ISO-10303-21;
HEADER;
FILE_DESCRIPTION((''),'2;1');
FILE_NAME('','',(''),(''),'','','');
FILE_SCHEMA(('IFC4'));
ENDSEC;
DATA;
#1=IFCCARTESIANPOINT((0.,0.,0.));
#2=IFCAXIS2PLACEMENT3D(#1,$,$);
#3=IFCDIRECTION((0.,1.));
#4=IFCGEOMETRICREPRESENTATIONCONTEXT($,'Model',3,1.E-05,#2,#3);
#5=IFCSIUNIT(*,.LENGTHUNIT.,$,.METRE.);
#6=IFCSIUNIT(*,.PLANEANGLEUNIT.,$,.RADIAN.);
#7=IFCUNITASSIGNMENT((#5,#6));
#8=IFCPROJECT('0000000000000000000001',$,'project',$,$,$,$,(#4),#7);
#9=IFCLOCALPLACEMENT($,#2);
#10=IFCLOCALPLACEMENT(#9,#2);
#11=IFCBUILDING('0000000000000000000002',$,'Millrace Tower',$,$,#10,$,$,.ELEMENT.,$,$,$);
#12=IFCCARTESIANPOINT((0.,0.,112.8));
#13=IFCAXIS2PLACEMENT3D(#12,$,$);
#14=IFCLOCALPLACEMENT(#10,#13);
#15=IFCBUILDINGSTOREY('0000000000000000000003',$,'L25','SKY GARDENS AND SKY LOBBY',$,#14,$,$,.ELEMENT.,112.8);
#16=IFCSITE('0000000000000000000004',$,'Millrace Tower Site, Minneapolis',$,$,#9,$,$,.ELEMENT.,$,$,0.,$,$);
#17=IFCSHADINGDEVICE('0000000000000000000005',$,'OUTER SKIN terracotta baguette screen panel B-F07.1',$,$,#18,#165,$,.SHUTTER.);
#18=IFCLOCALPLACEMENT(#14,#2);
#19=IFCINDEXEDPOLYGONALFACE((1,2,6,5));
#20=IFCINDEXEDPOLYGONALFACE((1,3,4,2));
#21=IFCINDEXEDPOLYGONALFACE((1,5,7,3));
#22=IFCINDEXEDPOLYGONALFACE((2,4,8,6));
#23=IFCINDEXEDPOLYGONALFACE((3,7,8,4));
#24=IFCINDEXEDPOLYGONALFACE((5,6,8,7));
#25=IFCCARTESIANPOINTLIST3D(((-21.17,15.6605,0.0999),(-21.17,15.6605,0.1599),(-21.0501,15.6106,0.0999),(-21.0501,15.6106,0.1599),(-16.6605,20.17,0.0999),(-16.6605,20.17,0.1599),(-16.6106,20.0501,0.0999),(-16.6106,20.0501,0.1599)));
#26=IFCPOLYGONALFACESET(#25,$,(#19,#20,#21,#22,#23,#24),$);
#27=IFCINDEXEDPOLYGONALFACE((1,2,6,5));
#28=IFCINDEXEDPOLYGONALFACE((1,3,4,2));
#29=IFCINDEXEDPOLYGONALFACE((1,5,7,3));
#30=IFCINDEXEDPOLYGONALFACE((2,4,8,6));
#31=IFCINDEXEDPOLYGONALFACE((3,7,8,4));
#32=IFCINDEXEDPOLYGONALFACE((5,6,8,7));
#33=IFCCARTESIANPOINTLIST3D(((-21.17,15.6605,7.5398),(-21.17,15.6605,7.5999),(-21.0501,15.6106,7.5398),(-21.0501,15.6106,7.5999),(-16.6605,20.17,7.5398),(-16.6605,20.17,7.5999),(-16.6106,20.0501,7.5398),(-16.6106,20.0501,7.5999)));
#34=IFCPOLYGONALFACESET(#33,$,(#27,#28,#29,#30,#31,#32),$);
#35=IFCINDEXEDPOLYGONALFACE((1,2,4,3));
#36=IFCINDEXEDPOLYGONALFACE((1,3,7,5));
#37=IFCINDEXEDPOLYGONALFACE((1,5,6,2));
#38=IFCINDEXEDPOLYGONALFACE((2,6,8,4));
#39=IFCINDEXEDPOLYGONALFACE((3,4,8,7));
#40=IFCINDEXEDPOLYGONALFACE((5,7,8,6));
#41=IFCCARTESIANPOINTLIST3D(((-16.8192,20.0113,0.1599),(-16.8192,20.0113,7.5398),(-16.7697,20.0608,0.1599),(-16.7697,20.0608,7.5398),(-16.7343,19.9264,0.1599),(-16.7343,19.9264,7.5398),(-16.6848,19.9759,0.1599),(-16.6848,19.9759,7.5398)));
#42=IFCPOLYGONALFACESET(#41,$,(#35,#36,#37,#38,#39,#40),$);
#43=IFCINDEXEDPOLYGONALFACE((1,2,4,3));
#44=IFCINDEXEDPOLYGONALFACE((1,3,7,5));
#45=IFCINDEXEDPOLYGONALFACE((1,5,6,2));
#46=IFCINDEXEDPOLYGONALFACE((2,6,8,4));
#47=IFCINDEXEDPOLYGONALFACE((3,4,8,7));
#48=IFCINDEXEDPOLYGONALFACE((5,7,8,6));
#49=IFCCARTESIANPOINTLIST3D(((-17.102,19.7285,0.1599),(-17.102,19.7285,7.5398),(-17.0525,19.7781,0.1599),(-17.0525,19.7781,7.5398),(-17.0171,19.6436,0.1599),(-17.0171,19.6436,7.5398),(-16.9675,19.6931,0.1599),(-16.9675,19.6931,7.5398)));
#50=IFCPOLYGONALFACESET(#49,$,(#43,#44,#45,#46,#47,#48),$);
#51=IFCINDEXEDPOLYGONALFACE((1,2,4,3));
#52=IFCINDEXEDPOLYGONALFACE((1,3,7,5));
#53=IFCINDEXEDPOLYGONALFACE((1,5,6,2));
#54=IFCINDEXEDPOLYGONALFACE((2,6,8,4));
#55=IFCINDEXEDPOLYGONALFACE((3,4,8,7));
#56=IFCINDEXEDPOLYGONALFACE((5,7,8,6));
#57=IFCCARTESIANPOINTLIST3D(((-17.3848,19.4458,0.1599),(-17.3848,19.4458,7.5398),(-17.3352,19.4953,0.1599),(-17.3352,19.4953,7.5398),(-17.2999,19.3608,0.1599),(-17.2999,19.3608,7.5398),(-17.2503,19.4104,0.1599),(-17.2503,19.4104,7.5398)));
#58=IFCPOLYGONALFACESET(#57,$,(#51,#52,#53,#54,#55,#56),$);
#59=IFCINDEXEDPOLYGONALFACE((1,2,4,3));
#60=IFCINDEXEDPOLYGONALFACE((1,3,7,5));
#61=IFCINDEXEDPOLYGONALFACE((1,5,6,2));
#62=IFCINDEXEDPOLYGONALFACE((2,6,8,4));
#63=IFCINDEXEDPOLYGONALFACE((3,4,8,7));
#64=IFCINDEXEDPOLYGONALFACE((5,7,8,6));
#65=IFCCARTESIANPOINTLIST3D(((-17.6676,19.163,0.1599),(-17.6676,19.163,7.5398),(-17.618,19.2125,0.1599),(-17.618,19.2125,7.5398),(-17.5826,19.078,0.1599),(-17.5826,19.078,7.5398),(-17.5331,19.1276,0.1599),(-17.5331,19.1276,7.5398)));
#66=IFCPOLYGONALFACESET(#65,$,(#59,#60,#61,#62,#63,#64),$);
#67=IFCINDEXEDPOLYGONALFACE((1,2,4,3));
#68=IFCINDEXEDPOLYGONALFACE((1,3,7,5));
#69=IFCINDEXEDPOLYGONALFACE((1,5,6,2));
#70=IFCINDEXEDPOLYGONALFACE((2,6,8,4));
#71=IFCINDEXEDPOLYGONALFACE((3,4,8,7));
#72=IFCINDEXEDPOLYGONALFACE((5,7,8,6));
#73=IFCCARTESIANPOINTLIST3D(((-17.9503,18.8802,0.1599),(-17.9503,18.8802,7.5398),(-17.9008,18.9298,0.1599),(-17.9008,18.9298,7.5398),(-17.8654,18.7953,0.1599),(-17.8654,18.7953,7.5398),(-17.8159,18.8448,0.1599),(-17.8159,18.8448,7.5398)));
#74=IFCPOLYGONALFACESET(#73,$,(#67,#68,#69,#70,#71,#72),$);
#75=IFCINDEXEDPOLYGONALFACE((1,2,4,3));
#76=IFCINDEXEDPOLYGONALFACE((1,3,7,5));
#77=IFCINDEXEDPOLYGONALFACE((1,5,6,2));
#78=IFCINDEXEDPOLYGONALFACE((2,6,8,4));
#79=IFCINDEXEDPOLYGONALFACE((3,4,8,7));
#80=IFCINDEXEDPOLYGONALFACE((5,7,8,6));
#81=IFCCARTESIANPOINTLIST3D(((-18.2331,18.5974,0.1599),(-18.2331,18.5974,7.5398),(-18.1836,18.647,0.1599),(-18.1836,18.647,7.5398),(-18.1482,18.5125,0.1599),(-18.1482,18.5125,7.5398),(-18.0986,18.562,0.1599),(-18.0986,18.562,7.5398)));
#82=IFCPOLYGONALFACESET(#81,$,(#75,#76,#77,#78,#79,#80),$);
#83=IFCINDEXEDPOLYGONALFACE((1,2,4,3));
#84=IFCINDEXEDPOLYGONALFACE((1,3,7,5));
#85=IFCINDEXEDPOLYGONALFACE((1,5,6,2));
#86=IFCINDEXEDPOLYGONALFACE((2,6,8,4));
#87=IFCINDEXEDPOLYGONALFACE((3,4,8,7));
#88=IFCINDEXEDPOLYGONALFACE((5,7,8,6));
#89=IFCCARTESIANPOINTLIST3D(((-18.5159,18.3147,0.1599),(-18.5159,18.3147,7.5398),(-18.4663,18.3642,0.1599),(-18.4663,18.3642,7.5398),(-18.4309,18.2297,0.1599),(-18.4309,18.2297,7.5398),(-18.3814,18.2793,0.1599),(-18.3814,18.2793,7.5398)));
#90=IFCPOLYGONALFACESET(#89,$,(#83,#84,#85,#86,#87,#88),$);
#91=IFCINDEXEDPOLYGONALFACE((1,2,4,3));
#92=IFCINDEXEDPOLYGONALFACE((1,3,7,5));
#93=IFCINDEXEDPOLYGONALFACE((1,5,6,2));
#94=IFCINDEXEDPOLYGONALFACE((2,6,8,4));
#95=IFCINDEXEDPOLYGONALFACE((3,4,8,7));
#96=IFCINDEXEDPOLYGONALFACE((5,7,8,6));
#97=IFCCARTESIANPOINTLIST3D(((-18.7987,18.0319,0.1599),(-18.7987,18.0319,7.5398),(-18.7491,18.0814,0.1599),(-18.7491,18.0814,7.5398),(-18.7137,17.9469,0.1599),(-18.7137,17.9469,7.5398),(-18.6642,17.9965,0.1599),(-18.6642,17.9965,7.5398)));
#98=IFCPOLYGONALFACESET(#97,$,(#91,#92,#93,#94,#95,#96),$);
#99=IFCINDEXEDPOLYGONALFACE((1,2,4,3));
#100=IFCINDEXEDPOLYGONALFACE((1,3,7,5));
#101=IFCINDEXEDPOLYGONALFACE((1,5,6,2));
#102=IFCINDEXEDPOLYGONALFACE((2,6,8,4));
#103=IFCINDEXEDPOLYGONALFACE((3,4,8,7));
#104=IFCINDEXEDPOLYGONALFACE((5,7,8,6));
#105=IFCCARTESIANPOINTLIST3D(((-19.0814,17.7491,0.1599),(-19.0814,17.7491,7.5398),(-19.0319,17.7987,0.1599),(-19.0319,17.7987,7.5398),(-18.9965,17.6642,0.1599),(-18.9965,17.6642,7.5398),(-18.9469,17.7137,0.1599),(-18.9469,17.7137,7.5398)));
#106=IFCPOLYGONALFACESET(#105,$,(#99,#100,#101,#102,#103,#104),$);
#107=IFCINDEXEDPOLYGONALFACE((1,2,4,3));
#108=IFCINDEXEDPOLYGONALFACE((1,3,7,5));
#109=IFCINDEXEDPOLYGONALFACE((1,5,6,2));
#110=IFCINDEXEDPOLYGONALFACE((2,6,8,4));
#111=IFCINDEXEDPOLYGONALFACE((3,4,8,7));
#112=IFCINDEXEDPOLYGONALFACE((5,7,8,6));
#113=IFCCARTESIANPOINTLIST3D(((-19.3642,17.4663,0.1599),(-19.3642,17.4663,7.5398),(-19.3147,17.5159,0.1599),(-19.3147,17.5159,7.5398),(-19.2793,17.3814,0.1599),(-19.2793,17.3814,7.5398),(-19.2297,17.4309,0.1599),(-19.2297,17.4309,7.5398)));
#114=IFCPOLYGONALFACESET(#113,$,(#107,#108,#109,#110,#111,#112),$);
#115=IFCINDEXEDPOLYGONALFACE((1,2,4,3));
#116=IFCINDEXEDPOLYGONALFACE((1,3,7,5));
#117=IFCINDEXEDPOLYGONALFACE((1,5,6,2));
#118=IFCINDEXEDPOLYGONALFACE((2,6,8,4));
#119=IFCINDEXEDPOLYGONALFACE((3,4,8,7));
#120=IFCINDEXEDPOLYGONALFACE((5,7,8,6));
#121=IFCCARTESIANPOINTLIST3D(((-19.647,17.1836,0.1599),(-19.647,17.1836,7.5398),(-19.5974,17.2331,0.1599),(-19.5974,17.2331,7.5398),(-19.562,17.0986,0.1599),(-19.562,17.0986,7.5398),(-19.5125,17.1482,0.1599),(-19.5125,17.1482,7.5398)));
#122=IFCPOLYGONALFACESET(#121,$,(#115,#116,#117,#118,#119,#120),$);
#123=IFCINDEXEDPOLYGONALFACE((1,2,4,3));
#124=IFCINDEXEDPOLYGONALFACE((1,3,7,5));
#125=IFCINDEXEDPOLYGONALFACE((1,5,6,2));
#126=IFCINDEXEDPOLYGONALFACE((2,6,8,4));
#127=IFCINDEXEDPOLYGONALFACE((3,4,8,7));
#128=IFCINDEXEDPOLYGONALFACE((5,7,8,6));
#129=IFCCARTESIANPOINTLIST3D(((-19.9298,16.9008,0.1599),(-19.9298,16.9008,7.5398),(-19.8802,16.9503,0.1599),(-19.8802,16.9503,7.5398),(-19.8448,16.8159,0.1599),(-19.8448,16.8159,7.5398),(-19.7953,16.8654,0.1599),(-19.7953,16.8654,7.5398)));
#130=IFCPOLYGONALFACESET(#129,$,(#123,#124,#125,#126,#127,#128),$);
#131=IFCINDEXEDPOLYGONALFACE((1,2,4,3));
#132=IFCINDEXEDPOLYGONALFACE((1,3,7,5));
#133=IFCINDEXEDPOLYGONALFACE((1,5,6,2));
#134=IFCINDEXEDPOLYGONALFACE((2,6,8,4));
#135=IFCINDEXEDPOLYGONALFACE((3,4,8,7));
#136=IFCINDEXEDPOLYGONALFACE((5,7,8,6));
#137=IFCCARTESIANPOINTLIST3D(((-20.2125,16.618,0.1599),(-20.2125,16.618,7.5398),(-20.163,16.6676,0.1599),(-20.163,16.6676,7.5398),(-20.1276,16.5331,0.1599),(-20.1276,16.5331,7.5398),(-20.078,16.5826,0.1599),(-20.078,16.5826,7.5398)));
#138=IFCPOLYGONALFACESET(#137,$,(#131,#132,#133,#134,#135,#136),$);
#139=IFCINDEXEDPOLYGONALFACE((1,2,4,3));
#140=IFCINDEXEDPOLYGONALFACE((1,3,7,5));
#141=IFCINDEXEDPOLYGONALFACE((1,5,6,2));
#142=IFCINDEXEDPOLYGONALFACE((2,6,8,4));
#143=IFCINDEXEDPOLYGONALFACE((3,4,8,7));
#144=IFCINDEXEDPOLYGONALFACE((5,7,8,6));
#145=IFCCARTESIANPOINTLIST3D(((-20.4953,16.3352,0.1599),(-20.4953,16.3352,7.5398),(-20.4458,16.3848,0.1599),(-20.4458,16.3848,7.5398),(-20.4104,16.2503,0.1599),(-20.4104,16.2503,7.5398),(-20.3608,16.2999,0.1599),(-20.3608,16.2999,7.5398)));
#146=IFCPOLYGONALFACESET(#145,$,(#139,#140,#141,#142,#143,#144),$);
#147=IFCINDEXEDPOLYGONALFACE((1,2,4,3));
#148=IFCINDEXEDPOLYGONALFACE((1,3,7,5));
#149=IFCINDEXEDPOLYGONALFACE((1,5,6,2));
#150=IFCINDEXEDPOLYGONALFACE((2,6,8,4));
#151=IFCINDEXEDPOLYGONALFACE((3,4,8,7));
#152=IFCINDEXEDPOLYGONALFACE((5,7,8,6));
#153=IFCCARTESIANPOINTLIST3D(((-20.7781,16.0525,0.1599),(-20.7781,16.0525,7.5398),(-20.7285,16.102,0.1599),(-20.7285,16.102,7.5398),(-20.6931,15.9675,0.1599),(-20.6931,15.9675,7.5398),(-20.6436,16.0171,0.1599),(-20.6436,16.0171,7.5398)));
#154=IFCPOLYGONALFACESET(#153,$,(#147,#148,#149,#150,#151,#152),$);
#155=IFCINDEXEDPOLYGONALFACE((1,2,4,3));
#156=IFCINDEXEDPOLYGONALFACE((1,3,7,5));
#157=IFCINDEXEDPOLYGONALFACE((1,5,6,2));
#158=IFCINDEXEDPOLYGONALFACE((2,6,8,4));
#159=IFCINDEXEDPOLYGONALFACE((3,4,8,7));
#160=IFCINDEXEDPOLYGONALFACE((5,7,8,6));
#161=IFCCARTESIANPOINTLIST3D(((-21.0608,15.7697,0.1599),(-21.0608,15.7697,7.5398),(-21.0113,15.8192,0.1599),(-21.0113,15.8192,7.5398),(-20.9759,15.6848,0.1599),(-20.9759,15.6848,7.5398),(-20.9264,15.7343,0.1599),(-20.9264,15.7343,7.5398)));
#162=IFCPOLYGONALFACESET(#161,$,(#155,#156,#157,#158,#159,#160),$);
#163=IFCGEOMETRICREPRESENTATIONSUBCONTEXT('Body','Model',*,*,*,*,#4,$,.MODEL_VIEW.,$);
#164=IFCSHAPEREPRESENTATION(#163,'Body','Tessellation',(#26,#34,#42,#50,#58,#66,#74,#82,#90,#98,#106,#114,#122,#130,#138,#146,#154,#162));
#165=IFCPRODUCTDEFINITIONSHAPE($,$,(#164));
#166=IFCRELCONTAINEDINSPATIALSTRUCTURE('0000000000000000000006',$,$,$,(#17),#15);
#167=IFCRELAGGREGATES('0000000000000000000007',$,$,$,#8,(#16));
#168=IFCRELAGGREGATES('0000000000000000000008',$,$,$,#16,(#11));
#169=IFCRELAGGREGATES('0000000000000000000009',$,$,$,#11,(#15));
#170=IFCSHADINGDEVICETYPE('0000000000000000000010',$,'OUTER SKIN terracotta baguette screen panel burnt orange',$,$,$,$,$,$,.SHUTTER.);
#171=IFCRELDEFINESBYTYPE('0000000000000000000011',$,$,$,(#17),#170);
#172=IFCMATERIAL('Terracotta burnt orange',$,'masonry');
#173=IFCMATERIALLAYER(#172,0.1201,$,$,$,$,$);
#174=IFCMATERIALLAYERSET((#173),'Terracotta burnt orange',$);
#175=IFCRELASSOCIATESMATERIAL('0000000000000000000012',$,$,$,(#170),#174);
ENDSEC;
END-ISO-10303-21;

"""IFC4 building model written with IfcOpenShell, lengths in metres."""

from ifc_helpers import new_model, entity, si_unit, direction, frame, frame_2d, origin, place, context, subcontext, project, spatial, rectangle, extrude, source, transform, mapped, material, layer, layer_set, type_object, element, save


model = new_model("IFC4")

# Units and contexts
model_context = context("Model", 3, precision=1e-05, world=origin(), true_north=direction((0.0, 1.0)))
body_context = subcontext(model_context, "Body", "Model", "MODEL_VIEW")
ifc_project = project(units=[si_unit("LENGTHUNIT", "METRE"), si_unit("PLANEANGLEUNIT", "RADIAN")], contexts=[model_context])

# Site, building, storey
site_placement = place(None, origin())
site = spatial("IfcSite", under=ifc_project, at=site_placement, Name="Millrace Tower Site, Minneapolis", CompositionType="ELEMENT", RefElevation=0.0)
building_placement = place(site_placement, origin())
building = spatial("IfcBuilding", under=site, at=building_placement, Name="Millrace Tower", CompositionType="ELEMENT")
storey_placement = place(building_placement, frame((0.0, 0.0, 112.8)))
storey = spatial("IfcBuildingStorey", under=building, at=storey_placement, Name="L25", Description="SKY GARDENS AND SKY LOBBY", CompositionType="ELEMENT", Elevation=112.8)

# Shading device
ifc_material_1 = material(Name="Terracotta burnt orange", Category="masonry")
ifc_layer_1 = layer(ifc_material_1, 0.1201)
ifc_layer_set_1 = layer_set([ifc_layer_1], Name="Terracotta burnt orange")
shading_device_type = type_object("IfcShadingDeviceType", Name="OUTER SKIN terracotta baguette screen panel burnt orange", PredefinedType="SHUTTER", material=ifc_layer_set_1)
cartesian_point_1 = entity("IfcCartesianPoint", [-3.1392, 0.0601])
shared_polyline_1 = entity("IfcPolyline", [cartesian_point_1, entity("IfcCartesianPoint", [3.1392, 0.0601]), entity("IfcCartesianPoint", [3.1887, -0.0601]), entity("IfcCartesianPoint", [-3.1887, -0.0601]), cartesian_point_1])
shared_shape_1 = source(origin(), body_context, "Body", "SweptSolid", [
    entity("IfcExtrudedAreaSolid", entity("IfcArbitraryClosedProfileDef", "AREA", None, shared_polyline_1), entity("IfcAxis2Placement3D", entity("IfcCartesianPoint", [0.0, 0.0, 0.0])), entity("IfcDirection", [0.0, 0.0, 1.0]), 0.0601),
    entity("IfcExtrudedAreaSolid", entity("IfcArbitraryClosedProfileDef", "AREA", None, shared_polyline_1), entity("IfcAxis2Placement3D", entity("IfcCartesianPoint", [0.0, 0.0, 7.4399])), entity("IfcDirection", [0.0, 0.0, 1.0]), 0.0601),
    extrude(rectangle(XDim=0.0701, YDim=0.1201, at=frame_2d((-2.9993, 0.0))), frame((0.0, 0.0, 0.0601)), (0.0, 0.0, 1.0), 7.3799),
    extrude(rectangle(XDim=0.0701, YDim=0.1201, at=frame_2d((-2.5994, 0.0))), frame((0.0, 0.0, 0.0601)), (0.0, 0.0, 1.0), 7.3799),
    extrude(rectangle(XDim=0.0701, YDim=0.1201, at=frame_2d((-2.1995, 0.0))), frame((0.0, 0.0, 0.0601)), (0.0, 0.0, 1.0), 7.3799),
    extrude(rectangle(XDim=0.0701, YDim=0.1201, at=frame_2d((-1.7996, 0.0))), frame((0.0, 0.0, 0.0601)), (0.0, 0.0, 1.0), 7.3799),
    extrude(rectangle(XDim=0.0701, YDim=0.1201, at=frame_2d((-1.3997, 0.0))), frame((0.0, 0.0, 0.0601)), (0.0, 0.0, 1.0), 7.3799),
    extrude(rectangle(XDim=0.0701, YDim=0.1201, at=frame_2d((-0.9998, 0.0))), frame((0.0, 0.0, 0.0601)), (0.0, 0.0, 1.0), 7.3799),
    extrude(rectangle(XDim=0.0701, YDim=0.1201, at=frame_2d((-0.5999, 0.0))), frame((0.0, 0.0, 0.0601)), (0.0, 0.0, 1.0), 7.3799),
    extrude(rectangle(XDim=0.0701, YDim=0.1201, at=frame_2d((-0.2, 0.0))), frame((0.0, 0.0, 0.0601)), (0.0, 0.0, 1.0), 7.3799),
    extrude(rectangle(XDim=0.0701, YDim=0.1201, at=frame_2d((0.2, 0.0))), frame((0.0, 0.0, 0.0601)), (0.0, 0.0, 1.0), 7.3799),
    extrude(rectangle(XDim=0.0701, YDim=0.1201, at=frame_2d((0.5999, 0.0))), frame((0.0, 0.0, 0.0601)), (0.0, 0.0, 1.0), 7.3799),
    extrude(rectangle(XDim=0.0701, YDim=0.1201, at=frame_2d((0.9998, 0.0))), frame((0.0, 0.0, 0.0601)), (0.0, 0.0, 1.0), 7.3799),
    extrude(rectangle(XDim=0.0701, YDim=0.1201, at=frame_2d((1.3997, 0.0))), frame((0.0, 0.0, 0.0601)), (0.0, 0.0, 1.0), 7.3799),
    extrude(rectangle(XDim=0.0701, YDim=0.1201, at=frame_2d((1.7996, 0.0))), frame((0.0, 0.0, 0.0601)), (0.0, 0.0, 1.0), 7.3799),
    extrude(rectangle(XDim=0.0701, YDim=0.1201, at=frame_2d((2.1995, 0.0))), frame((0.0, 0.0, 0.0601)), (0.0, 0.0, 1.0), 7.3799),
    extrude(rectangle(XDim=0.0701, YDim=0.1201, at=frame_2d((2.5994, 0.0))), frame((0.0, 0.0, 0.0601)), (0.0, 0.0, 1.0), 7.3799),
    extrude(rectangle(XDim=0.0701, YDim=0.1201, at=frame_2d((2.9993, 0.0))), frame((0.0, 0.0, 0.0601)), (0.0, 0.0, 1.0), 7.3799),
])
shading_device_1_placement = place(storey_placement, frame((-18.8728, 17.8728, 0.0999), z_axis=(0.0, 0.0, 1.0), x_axis=(-0.707107, -0.707107, 0.0)))
element("IfcShadingDevice", 1, at=shading_device_1_placement, inside=storey, type_object=shading_device_type, Name="OUTER SKIN terracotta baguette screen panel B-F07.1", PredefinedType="SHUTTER", context=body_context, shape_type="MappedRepresentation", body=[
    mapped(shared_shape_1, transform((0.0, 0.0, 0.0), scale=1.0)),
])

save(model, "model.ifc")
